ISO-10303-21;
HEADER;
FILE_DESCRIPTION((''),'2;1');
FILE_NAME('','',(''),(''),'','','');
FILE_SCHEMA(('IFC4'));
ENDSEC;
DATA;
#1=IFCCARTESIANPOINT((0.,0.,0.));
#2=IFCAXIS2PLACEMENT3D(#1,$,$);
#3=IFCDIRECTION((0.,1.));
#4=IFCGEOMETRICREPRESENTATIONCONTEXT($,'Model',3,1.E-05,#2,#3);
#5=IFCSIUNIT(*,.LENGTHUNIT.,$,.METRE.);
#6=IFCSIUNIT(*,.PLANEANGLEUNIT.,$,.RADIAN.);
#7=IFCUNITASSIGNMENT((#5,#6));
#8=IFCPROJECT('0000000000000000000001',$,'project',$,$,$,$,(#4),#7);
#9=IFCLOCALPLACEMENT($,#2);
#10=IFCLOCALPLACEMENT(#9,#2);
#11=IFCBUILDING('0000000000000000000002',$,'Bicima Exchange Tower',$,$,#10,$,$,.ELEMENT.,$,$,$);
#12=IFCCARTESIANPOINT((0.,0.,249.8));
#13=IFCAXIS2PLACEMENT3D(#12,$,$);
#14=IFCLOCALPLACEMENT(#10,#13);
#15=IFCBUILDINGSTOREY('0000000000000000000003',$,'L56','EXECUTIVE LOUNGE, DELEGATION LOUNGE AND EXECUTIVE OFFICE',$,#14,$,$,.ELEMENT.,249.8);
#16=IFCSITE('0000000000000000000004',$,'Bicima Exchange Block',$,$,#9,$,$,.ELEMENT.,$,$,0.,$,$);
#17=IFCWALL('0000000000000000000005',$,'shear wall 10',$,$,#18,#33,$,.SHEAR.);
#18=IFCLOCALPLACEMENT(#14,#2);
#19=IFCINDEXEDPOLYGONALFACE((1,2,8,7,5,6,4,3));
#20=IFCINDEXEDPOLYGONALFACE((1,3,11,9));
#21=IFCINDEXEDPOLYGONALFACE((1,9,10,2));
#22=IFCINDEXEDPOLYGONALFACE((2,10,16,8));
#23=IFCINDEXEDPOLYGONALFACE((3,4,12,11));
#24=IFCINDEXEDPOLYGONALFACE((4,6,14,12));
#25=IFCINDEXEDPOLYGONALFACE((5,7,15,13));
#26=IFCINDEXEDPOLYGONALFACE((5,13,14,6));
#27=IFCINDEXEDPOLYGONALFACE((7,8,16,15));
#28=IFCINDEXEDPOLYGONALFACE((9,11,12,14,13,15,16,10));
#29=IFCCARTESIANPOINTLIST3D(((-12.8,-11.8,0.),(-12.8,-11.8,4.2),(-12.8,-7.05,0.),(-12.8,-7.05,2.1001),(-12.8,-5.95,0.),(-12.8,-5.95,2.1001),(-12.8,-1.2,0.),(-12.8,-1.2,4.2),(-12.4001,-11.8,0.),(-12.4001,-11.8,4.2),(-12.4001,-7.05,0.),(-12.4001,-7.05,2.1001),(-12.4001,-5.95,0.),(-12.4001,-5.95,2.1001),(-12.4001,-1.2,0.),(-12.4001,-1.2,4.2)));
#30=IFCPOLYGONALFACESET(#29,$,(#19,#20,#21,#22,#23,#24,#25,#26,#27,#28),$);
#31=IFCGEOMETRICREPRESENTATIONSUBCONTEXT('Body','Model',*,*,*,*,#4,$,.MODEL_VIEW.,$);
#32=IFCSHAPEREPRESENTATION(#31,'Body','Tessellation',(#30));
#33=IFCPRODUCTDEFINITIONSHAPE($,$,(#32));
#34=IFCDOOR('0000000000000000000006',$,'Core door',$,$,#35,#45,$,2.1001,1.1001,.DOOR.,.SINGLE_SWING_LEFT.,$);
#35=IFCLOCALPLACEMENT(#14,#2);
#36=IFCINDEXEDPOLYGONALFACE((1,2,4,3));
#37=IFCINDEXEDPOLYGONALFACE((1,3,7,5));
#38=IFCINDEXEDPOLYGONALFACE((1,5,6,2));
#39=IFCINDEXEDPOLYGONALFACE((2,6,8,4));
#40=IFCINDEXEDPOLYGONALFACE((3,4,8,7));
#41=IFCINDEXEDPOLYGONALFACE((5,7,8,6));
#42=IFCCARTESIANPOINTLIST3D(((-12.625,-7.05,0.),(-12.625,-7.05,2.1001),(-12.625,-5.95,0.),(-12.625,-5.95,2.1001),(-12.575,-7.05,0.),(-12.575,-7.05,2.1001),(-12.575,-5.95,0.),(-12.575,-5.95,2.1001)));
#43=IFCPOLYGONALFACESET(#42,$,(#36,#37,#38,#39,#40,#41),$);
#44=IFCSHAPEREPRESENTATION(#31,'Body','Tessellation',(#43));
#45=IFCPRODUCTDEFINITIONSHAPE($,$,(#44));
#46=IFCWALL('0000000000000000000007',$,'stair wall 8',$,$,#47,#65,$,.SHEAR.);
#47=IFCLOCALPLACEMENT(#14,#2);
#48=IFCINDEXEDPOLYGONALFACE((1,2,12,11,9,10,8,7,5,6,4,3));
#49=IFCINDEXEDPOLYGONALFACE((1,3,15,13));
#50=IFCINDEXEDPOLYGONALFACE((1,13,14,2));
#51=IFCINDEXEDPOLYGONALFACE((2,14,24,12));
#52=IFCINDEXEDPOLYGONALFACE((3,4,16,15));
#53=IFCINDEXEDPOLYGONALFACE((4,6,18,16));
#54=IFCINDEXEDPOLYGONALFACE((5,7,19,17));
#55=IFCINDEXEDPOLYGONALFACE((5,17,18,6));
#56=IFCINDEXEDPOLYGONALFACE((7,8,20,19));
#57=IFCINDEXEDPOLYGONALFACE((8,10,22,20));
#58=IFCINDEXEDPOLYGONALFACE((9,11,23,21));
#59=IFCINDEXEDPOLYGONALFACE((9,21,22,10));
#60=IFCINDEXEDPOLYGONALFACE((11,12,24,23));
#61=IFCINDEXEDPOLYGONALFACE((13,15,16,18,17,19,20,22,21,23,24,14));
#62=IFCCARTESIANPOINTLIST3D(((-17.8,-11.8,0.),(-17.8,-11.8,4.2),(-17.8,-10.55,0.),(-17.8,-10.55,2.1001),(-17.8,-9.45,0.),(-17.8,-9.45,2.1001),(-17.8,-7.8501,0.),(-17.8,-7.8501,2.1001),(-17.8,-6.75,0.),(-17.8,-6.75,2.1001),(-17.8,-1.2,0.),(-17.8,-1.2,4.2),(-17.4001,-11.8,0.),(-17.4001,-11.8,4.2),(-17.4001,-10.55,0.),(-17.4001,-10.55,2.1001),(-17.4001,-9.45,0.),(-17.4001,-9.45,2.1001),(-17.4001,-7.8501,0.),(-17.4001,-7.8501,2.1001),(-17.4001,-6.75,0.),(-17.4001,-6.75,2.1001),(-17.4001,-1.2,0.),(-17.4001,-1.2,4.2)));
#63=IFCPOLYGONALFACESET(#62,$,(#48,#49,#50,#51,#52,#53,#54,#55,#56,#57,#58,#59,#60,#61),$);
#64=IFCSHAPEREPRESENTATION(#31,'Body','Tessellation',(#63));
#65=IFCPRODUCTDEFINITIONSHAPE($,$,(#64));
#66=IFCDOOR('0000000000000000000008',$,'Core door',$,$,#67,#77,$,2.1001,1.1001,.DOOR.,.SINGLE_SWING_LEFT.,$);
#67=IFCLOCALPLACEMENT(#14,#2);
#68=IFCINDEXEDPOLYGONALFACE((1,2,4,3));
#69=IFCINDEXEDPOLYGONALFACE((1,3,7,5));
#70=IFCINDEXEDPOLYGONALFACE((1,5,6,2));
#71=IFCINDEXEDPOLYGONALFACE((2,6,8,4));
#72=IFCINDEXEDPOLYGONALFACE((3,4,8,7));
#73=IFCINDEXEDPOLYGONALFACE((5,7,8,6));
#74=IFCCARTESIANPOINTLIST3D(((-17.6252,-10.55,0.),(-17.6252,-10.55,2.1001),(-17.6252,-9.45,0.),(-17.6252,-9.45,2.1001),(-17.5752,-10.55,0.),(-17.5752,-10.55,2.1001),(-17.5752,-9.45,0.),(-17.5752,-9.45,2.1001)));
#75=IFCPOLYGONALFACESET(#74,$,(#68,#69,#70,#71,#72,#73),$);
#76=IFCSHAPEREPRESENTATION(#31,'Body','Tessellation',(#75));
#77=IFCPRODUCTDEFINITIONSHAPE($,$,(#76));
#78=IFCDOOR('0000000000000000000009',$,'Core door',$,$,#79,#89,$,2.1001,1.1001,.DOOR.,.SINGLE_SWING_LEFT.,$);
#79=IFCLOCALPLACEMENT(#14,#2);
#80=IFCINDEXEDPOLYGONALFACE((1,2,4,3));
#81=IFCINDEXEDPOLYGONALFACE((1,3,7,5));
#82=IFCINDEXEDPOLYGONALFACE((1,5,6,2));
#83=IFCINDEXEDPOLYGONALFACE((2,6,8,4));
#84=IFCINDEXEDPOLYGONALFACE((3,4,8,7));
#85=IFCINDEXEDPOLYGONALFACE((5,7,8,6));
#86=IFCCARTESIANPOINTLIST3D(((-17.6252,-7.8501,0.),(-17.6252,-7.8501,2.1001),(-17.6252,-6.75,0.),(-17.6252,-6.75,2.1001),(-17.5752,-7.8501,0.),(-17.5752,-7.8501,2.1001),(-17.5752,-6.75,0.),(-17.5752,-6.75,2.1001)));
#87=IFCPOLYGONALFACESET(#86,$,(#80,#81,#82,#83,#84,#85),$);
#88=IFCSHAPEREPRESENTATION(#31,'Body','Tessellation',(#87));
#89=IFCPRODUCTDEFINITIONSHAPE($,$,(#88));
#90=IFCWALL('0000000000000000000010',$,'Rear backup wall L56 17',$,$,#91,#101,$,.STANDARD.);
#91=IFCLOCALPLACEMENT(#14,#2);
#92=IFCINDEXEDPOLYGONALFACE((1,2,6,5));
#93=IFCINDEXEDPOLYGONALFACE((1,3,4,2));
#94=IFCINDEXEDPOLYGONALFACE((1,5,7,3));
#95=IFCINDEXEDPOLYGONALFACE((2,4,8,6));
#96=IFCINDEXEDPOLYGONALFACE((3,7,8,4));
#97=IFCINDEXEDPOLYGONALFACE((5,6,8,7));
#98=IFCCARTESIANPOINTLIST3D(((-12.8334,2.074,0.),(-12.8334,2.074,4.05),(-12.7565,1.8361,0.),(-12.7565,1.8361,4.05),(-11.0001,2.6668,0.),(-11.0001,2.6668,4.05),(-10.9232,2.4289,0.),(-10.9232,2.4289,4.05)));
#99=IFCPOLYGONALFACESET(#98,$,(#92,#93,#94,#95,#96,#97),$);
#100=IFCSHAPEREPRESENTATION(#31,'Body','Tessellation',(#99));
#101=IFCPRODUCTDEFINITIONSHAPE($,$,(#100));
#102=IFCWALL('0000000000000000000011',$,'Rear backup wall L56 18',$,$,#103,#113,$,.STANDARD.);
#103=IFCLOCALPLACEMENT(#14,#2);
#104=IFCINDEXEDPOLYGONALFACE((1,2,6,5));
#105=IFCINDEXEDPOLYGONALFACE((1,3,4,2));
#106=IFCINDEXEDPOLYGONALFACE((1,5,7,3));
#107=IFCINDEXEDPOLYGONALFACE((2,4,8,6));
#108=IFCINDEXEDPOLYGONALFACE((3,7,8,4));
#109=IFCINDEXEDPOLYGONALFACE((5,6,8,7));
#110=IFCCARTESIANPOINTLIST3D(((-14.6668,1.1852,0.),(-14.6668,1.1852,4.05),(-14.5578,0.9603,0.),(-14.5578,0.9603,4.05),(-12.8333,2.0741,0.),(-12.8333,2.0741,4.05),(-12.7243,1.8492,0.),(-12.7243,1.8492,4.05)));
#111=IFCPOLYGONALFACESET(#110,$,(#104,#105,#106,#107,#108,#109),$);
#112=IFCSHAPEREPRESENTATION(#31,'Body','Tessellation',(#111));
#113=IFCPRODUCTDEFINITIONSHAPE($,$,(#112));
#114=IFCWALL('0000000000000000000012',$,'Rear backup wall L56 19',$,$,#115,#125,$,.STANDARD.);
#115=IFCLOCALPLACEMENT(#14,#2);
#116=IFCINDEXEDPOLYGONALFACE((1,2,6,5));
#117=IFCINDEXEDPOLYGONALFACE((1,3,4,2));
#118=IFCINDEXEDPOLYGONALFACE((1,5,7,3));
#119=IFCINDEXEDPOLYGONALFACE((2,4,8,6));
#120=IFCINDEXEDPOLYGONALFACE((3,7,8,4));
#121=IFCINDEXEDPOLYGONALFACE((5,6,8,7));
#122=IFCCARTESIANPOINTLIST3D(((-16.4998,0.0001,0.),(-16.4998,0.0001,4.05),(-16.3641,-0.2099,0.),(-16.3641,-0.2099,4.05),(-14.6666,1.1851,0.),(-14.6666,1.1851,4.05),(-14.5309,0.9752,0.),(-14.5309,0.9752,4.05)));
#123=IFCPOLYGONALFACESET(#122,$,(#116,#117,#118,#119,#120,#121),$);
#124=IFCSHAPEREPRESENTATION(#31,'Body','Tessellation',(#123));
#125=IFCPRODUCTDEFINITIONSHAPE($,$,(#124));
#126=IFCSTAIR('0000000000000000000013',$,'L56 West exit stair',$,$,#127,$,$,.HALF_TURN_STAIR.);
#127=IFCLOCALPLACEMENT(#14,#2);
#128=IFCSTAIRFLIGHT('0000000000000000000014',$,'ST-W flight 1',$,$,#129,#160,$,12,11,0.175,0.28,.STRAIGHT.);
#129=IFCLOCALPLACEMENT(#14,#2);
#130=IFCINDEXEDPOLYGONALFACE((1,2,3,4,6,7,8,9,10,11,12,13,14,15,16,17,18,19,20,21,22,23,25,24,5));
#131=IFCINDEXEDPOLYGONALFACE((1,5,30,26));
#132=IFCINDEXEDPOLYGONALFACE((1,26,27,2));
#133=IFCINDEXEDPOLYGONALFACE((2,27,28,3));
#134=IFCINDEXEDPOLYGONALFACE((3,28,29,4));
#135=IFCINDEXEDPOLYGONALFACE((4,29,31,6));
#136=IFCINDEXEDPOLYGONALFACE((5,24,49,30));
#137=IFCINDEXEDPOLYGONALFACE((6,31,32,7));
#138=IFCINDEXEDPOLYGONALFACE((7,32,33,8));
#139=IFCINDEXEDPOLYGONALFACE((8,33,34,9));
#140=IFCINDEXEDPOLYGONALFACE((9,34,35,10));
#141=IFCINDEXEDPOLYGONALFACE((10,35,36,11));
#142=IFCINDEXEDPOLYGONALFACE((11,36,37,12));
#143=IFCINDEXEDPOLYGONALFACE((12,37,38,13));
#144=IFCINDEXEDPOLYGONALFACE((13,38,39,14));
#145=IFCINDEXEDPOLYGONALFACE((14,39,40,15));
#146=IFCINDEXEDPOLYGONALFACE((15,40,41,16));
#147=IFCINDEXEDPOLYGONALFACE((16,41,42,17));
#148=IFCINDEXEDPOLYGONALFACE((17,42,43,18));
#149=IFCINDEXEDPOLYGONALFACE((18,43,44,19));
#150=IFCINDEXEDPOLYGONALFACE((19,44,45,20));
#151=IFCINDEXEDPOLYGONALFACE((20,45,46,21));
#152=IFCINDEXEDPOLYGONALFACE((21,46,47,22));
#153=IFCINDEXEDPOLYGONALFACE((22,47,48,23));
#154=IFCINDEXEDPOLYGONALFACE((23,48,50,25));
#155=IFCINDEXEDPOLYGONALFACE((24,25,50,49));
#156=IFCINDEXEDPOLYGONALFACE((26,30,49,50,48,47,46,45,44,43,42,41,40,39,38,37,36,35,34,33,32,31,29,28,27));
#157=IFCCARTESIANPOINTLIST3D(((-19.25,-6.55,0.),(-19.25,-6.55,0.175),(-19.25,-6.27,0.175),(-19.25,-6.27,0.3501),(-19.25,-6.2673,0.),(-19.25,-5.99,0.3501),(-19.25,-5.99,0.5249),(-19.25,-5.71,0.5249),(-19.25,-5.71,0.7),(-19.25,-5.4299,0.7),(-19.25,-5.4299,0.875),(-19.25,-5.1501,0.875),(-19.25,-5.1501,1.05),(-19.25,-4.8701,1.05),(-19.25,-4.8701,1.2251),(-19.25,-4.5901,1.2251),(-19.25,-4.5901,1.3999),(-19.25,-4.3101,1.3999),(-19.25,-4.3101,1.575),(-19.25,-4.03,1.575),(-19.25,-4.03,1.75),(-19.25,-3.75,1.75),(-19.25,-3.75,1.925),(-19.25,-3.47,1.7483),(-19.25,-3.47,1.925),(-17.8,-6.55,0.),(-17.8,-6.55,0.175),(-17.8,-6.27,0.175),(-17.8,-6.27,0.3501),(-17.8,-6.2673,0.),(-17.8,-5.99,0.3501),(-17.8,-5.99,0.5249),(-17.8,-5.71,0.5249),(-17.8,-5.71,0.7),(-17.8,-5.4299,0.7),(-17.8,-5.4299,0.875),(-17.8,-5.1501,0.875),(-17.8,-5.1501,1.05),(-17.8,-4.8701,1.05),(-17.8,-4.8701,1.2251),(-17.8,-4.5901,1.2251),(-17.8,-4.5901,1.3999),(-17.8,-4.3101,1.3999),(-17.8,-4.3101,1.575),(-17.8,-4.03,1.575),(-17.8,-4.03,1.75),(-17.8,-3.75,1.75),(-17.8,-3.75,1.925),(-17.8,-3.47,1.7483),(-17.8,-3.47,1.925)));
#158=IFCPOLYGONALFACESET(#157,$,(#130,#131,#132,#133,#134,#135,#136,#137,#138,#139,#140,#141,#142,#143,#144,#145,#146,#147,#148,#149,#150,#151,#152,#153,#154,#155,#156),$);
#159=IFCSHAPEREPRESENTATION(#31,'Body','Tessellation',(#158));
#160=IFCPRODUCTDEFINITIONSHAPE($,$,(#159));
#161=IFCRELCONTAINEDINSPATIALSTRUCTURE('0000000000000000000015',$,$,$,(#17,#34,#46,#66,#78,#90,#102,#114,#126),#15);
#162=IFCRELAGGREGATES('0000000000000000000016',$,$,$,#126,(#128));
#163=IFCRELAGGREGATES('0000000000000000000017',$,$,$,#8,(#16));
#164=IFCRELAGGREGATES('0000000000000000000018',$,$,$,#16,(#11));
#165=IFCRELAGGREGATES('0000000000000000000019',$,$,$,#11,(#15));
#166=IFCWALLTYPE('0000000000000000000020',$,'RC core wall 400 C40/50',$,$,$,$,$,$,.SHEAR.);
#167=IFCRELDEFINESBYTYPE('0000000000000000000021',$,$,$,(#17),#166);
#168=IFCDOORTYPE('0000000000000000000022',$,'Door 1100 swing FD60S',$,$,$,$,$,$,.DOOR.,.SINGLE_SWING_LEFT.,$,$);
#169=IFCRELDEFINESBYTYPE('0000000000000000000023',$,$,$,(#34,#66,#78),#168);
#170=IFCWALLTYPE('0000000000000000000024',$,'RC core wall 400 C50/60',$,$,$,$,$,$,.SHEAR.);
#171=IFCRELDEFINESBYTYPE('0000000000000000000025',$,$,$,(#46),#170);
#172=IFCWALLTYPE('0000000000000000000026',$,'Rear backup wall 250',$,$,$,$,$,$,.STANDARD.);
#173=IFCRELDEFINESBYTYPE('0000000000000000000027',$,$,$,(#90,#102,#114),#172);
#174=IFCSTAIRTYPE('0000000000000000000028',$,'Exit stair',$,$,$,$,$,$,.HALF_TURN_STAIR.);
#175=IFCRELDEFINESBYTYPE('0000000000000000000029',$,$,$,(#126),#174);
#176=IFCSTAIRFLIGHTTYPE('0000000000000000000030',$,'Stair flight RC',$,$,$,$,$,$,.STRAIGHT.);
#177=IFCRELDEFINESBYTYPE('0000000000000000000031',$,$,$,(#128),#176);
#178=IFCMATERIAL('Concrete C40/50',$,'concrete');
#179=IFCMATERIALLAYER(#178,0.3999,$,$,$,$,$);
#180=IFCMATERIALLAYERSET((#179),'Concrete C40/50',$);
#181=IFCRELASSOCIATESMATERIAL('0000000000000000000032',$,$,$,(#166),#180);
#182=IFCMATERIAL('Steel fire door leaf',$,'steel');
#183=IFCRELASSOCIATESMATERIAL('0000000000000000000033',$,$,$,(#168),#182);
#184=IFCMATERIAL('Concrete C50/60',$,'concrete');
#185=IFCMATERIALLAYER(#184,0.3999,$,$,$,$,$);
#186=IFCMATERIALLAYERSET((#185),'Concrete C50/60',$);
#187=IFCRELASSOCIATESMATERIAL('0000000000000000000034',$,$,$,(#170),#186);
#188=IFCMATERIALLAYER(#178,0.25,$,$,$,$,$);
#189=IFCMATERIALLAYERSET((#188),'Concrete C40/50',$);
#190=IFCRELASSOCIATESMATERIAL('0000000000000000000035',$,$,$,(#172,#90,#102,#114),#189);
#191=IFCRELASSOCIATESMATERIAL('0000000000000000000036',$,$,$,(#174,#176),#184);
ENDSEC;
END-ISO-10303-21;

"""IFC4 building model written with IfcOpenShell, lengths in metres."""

from ifc_helpers import new_model, si_unit, direction, frame, frame_2d, origin, place, context, subcontext, project, spatial, polyline, rectangle, outline, extrude, material, layer, layer_set, layer_usage, type_object, element, fill, aggregate, save


model = new_model("IFC4")

# Units and contexts
model_context = context("Model", 3, precision=1e-05, world=origin(), true_north=direction((0.0, 1.0)))
body_context = subcontext(model_context, "Body", "Model", "MODEL_VIEW")
ifc_project = project(units=[si_unit("LENGTHUNIT", "METRE"), si_unit("PLANEANGLEUNIT", "RADIAN")], contexts=[model_context])

# Site, building, storey
site_placement = place(None, origin())
site = spatial("IfcSite", under=ifc_project, at=site_placement, Name="Bicima Exchange Block", CompositionType="ELEMENT", RefElevation=0.0)
building_placement = place(site_placement, origin())
building = spatial("IfcBuilding", under=site, at=building_placement, Name="Bicima Exchange Tower", CompositionType="ELEMENT")
storey_placement = place(building_placement, frame((0.0, 0.0, 249.8)))
storey = spatial("IfcBuildingStorey", under=building, at=storey_placement, Name="L56", Description="EXECUTIVE LOUNGE, DELEGATION LOUNGE AND EXECUTIVE OFFICE", CompositionType="ELEMENT", Elevation=249.8)

# Shared definitions
ifc_material_1 = material(Name="Concrete C40/50", Category="concrete")
ifc_layer_1 = layer(ifc_material_1, 0.3999)
ifc_layer_set_1 = layer_set([ifc_layer_1], Name="Concrete C40/50")
wall_type_1 = type_object("IfcWallType", Name="RC core wall 400 C40/50", PredefinedType="SHEAR", material=ifc_layer_set_1)

# Shared definitions
ifc_material_2 = material(Name="Steel fire door leaf", Category="steel")

# Wall, opening, door
wall_1_placement = place(storey_placement, frame((-12.6001, -11.8, 0.0), z_axis=(0.0, 0.0, 1.0), x_axis=(0.0, 1.0, 0.0)))
wall_1 = element("IfcWall", 1, at=wall_1_placement, inside=storey, type_object=wall_type_1, Name="shear wall 10", PredefinedType="SHEAR", context=body_context, shape_type="SweptSolid", body=[
    extrude(rectangle(XDim=10.6001, YDim=0.3999, at=frame_2d((5.3, 0.0))), origin(), (0.0, 0.0, 1.0), 4.2),
])
opening_1_placement = place(wall_1_placement, frame((4.75, 0.0, 0.0)))
opening_1 = element("IfcOpeningElement", 2, at=opening_1_placement, cuts=wall_1, PredefinedType="OPENING", context=body_context, shape_type="SweptSolid", body=[
    extrude(rectangle(XDim=1.1001, YDim=2.1001, at=frame_2d((0.55, 1.05))), frame((0.0, 0.2119, 0.0), z_axis=(0.0, -1.0, 0.0), x_axis=(1.0, 0.0, 0.0)), (0.0, 0.0, 1.0), 0.4238),
])
door_type_1 = type_object("IfcDoorType", Name="Door 1100 swing FD60S", OperationType="SINGLE_SWING_LEFT", PredefinedType="DOOR", material=ifc_material_2)
door_1_placement = place(opening_1_placement, origin())
door_1 = element("IfcDoor", 3, at=door_1_placement, inside=storey, type_object=door_type_1, Name="Core door", OperationType="SINGLE_SWING_LEFT", OverallHeight=2.1001, OverallWidth=1.1001, PredefinedType="DOOR", context=body_context, shape_type="SweptSolid", body=[
    extrude(rectangle(XDim=1.1001, YDim=2.1001, at=frame_2d((0.55, 1.05))), frame((0.0, 0.0249, 0.0), z_axis=(0.0, -1.0, 0.0), x_axis=(1.0, 0.0, 0.0)), (0.0, 0.0, 1.0), 0.05),
])
fill(opening_1, door_1)

# Wall, openings, doors
ifc_material_3 = material(Name="Concrete C50/60", Category="concrete")
ifc_layer_2 = layer(ifc_material_3, 0.3999)
ifc_layer_set_2 = layer_set([ifc_layer_2], Name="Concrete C50/60")
wall_type_2 = type_object("IfcWallType", Name="RC core wall 400 C50/60", PredefinedType="SHEAR", material=ifc_layer_set_2)
wall_2_placement = place(storey_placement, frame((-17.6001, -11.8, 0.0), z_axis=(0.0, 0.0, 1.0), x_axis=(0.0, 1.0, 0.0)))
wall_2 = element("IfcWall", 4, at=wall_2_placement, inside=storey, type_object=wall_type_2, Name="stair wall 8", PredefinedType="SHEAR", context=body_context, shape_type="SweptSolid", body=[
    extrude(rectangle(XDim=10.6001, YDim=0.3999, at=frame_2d((5.3, 0.0))), origin(), (0.0, 0.0, 1.0), 4.2),
])
opening_2_placement = place(wall_2_placement, frame((1.25, 0.0, 0.0)))
opening_2 = element("IfcOpeningElement", 5, at=opening_2_placement, cuts=wall_2, PredefinedType="OPENING", context=body_context, shape_type="SweptSolid", body=[
    extrude(rectangle(XDim=1.1001, YDim=2.1001, at=frame_2d((0.55, 1.05))), frame((0.0, 0.2119, 0.0), z_axis=(0.0, -1.0, 0.0), x_axis=(1.0, 0.0, 0.0)), (0.0, 0.0, 1.0), 0.4238),
])
opening_3_placement = place(wall_2_placement, frame((3.95, 0.0, 0.0)))
opening_3 = element("IfcOpeningElement", 6, at=opening_3_placement, cuts=wall_2, PredefinedType="OPENING", context=body_context, shape_type="SweptSolid", body=[
    extrude(rectangle(XDim=1.1001, YDim=2.1001, at=frame_2d((0.55, 1.05))), frame((0.0, 0.2119, 0.0), z_axis=(0.0, -1.0, 0.0), x_axis=(1.0, 0.0, 0.0)), (0.0, 0.0, 1.0), 0.4238),
])
door_2_placement = place(opening_2_placement, frame((1.1001, 0.0, 0.0), z_axis=(0.0, 0.0, 1.0), x_axis=(-1.0, 0.0, 0.0)))
door_2 = element("IfcDoor", 7, at=door_2_placement, inside=storey, type_object=door_type_1, Name="Core door", OperationType="SINGLE_SWING_LEFT", OverallHeight=2.1001, OverallWidth=1.1001, PredefinedType="DOOR", context=body_context, shape_type="SweptSolid", body=[
    extrude(rectangle(XDim=1.1001, YDim=2.1001, at=frame_2d((0.55, 1.05))), frame((0.0, 0.0249, 0.0), z_axis=(0.0, -1.0, 0.0), x_axis=(1.0, 0.0, 0.0)), (0.0, 0.0, 1.0), 0.05),
])
fill(opening_2, door_2)
door_3_placement = place(opening_3_placement, frame((1.1001, 0.0, 0.0), z_axis=(0.0, 0.0, 1.0), x_axis=(-1.0, 0.0, 0.0)))
door_3 = element("IfcDoor", 8, at=door_3_placement, inside=storey, type_object=door_type_1, Name="Core door", OperationType="SINGLE_SWING_LEFT", OverallHeight=2.1001, OverallWidth=1.1001, PredefinedType="DOOR", context=body_context, shape_type="SweptSolid", body=[
    extrude(rectangle(XDim=1.1001, YDim=2.1001, at=frame_2d((0.55, 1.05))), frame((0.0, 0.0249, 0.0), z_axis=(0.0, -1.0, 0.0), x_axis=(1.0, 0.0, 0.0)), (0.0, 0.0, 1.0), 0.05),
])
fill(opening_3, door_3)

# Walls
ifc_layer_3 = layer(ifc_material_1, 0.25)
ifc_layer_set_3 = layer_set([ifc_layer_3], Name="Concrete C40/50")
ifc_layer_usage = layer_usage(ifc_layer_set_3, "AXIS2", "POSITIVE", -0.125)
wall_type_3 = type_object("IfcWallType", Name="Rear backup wall 250", PredefinedType="STANDARD", material=ifc_layer_set_3)
wall_3_placement = place(storey_placement, frame((-10.9617, 2.5479, 0.0), z_axis=(0.0, 0.0, 1.0), x_axis=(-0.951496, -0.307662, 0.0)))
element("IfcWall", 9, at=wall_3_placement, inside=storey, type_object=wall_type_3, material=ifc_layer_usage, Name="Rear backup wall L56 17", PredefinedType="STANDARD", context=body_context, shape_type="SweptSolid", body=[
    extrude(rectangle(XDim=1.9268, YDim=0.25, at=frame_2d((0.9634, 0.0))), origin(), (0.0, 0.0, 1.0), 4.05),
])
wall_4_placement = place(storey_placement, frame((-12.7788, 1.9617, 0.0), z_axis=(0.0, 0.0, 1.0), x_axis=(-0.899824, -0.436253, 0.0)))
element("IfcWall", 10, at=wall_4_placement, inside=storey, type_object=wall_type_3, material=ifc_layer_usage, Name="Rear backup wall L56 18", PredefinedType="STANDARD", context=body_context, shape_type="SweptSolid", body=[
    extrude(rectangle(XDim=2.0376, YDim=0.25, at=frame_2d((1.0188, 0.0))), origin(), (0.0, 0.0, 1.0), 4.05),
])
wall_5_placement = place(storey_placement, frame((-14.5989, 1.0801, 0.0), z_axis=(0.0, 0.0, 1.0), x_axis=(-0.839813, -0.542876, 0.0)))
element("IfcWall", 11, at=wall_5_placement, inside=storey, type_object=wall_type_3, material=ifc_layer_usage, Name="Rear backup wall L56 19", PredefinedType="STANDARD", context=body_context, shape_type="SweptSolid", body=[
    extrude(rectangle(XDim=2.1829, YDim=0.25, at=frame_2d((1.0913, 0.0))), origin(), (0.0, 0.0, 1.0), 4.05),
])

# Stair, stair flight
stair_type = type_object("IfcStairType", Name="Exit stair", PredefinedType="HALF_TURN_STAIR", material=ifc_material_3)
stair_placement = place(storey_placement, origin())
stair = element("IfcStair", 12, at=stair_placement, inside=storey, type_object=stair_type, Name="L56 West exit stair", PredefinedType="HALF_TURN_STAIR")
stair_flight_type = type_object("IfcStairFlightType", Name="Stair flight RC", PredefinedType="STRAIGHT", material=ifc_material_3)
stair_flight_1_placement = place(storey_placement, frame((-18.5249, -6.55, 0.0), z_axis=(0.0, 0.0, 1.0), x_axis=(0.0, 1.0, 0.0)))
stair_flight_1 = element("IfcStairFlight", 13, at=stair_flight_1_placement, type_object=stair_flight_type, Name="ST-W flight 1", NumberOfRisers=12, NumberOfTreads=11, PredefinedType="STRAIGHT", RiserHeight=0.175, TreadLength=0.28, context=body_context, shape_type="SweptSolid", body=[
    extrude(outline(polyline([(0.0, 0.0), (0.0, 0.175), (0.28, 0.175), (0.28, 0.3501), (0.5601, 0.3501), (0.5601, 0.5249), (0.8401, 0.5249), (0.8401, 0.7), (1.1201, 0.7), (1.1201, 0.875), (1.3999, 0.875), (1.3999, 1.05), (1.6799, 1.05), (1.6799, 1.2251), (1.96, 1.2251), (1.96, 1.3999), (2.24, 1.3999), (2.24, 1.575), (2.52, 1.575), (2.52, 1.75), (2.8, 1.75), (2.8, 1.925), (3.0801, 1.925), (3.0801, 2.1001), (3.0801, 1.7483), (0.2827, 0.0), (0.0, 0.0)])), frame((0.0, 0.7251, 0.0), z_axis=(0.0, -1.0, 0.0), x_axis=(1.0, 0.0, 0.0)), (0.0, 0.0, 1.0), 1.45),
])
aggregate(stair, [stair_flight_1])

save(model, "model.ifc")
